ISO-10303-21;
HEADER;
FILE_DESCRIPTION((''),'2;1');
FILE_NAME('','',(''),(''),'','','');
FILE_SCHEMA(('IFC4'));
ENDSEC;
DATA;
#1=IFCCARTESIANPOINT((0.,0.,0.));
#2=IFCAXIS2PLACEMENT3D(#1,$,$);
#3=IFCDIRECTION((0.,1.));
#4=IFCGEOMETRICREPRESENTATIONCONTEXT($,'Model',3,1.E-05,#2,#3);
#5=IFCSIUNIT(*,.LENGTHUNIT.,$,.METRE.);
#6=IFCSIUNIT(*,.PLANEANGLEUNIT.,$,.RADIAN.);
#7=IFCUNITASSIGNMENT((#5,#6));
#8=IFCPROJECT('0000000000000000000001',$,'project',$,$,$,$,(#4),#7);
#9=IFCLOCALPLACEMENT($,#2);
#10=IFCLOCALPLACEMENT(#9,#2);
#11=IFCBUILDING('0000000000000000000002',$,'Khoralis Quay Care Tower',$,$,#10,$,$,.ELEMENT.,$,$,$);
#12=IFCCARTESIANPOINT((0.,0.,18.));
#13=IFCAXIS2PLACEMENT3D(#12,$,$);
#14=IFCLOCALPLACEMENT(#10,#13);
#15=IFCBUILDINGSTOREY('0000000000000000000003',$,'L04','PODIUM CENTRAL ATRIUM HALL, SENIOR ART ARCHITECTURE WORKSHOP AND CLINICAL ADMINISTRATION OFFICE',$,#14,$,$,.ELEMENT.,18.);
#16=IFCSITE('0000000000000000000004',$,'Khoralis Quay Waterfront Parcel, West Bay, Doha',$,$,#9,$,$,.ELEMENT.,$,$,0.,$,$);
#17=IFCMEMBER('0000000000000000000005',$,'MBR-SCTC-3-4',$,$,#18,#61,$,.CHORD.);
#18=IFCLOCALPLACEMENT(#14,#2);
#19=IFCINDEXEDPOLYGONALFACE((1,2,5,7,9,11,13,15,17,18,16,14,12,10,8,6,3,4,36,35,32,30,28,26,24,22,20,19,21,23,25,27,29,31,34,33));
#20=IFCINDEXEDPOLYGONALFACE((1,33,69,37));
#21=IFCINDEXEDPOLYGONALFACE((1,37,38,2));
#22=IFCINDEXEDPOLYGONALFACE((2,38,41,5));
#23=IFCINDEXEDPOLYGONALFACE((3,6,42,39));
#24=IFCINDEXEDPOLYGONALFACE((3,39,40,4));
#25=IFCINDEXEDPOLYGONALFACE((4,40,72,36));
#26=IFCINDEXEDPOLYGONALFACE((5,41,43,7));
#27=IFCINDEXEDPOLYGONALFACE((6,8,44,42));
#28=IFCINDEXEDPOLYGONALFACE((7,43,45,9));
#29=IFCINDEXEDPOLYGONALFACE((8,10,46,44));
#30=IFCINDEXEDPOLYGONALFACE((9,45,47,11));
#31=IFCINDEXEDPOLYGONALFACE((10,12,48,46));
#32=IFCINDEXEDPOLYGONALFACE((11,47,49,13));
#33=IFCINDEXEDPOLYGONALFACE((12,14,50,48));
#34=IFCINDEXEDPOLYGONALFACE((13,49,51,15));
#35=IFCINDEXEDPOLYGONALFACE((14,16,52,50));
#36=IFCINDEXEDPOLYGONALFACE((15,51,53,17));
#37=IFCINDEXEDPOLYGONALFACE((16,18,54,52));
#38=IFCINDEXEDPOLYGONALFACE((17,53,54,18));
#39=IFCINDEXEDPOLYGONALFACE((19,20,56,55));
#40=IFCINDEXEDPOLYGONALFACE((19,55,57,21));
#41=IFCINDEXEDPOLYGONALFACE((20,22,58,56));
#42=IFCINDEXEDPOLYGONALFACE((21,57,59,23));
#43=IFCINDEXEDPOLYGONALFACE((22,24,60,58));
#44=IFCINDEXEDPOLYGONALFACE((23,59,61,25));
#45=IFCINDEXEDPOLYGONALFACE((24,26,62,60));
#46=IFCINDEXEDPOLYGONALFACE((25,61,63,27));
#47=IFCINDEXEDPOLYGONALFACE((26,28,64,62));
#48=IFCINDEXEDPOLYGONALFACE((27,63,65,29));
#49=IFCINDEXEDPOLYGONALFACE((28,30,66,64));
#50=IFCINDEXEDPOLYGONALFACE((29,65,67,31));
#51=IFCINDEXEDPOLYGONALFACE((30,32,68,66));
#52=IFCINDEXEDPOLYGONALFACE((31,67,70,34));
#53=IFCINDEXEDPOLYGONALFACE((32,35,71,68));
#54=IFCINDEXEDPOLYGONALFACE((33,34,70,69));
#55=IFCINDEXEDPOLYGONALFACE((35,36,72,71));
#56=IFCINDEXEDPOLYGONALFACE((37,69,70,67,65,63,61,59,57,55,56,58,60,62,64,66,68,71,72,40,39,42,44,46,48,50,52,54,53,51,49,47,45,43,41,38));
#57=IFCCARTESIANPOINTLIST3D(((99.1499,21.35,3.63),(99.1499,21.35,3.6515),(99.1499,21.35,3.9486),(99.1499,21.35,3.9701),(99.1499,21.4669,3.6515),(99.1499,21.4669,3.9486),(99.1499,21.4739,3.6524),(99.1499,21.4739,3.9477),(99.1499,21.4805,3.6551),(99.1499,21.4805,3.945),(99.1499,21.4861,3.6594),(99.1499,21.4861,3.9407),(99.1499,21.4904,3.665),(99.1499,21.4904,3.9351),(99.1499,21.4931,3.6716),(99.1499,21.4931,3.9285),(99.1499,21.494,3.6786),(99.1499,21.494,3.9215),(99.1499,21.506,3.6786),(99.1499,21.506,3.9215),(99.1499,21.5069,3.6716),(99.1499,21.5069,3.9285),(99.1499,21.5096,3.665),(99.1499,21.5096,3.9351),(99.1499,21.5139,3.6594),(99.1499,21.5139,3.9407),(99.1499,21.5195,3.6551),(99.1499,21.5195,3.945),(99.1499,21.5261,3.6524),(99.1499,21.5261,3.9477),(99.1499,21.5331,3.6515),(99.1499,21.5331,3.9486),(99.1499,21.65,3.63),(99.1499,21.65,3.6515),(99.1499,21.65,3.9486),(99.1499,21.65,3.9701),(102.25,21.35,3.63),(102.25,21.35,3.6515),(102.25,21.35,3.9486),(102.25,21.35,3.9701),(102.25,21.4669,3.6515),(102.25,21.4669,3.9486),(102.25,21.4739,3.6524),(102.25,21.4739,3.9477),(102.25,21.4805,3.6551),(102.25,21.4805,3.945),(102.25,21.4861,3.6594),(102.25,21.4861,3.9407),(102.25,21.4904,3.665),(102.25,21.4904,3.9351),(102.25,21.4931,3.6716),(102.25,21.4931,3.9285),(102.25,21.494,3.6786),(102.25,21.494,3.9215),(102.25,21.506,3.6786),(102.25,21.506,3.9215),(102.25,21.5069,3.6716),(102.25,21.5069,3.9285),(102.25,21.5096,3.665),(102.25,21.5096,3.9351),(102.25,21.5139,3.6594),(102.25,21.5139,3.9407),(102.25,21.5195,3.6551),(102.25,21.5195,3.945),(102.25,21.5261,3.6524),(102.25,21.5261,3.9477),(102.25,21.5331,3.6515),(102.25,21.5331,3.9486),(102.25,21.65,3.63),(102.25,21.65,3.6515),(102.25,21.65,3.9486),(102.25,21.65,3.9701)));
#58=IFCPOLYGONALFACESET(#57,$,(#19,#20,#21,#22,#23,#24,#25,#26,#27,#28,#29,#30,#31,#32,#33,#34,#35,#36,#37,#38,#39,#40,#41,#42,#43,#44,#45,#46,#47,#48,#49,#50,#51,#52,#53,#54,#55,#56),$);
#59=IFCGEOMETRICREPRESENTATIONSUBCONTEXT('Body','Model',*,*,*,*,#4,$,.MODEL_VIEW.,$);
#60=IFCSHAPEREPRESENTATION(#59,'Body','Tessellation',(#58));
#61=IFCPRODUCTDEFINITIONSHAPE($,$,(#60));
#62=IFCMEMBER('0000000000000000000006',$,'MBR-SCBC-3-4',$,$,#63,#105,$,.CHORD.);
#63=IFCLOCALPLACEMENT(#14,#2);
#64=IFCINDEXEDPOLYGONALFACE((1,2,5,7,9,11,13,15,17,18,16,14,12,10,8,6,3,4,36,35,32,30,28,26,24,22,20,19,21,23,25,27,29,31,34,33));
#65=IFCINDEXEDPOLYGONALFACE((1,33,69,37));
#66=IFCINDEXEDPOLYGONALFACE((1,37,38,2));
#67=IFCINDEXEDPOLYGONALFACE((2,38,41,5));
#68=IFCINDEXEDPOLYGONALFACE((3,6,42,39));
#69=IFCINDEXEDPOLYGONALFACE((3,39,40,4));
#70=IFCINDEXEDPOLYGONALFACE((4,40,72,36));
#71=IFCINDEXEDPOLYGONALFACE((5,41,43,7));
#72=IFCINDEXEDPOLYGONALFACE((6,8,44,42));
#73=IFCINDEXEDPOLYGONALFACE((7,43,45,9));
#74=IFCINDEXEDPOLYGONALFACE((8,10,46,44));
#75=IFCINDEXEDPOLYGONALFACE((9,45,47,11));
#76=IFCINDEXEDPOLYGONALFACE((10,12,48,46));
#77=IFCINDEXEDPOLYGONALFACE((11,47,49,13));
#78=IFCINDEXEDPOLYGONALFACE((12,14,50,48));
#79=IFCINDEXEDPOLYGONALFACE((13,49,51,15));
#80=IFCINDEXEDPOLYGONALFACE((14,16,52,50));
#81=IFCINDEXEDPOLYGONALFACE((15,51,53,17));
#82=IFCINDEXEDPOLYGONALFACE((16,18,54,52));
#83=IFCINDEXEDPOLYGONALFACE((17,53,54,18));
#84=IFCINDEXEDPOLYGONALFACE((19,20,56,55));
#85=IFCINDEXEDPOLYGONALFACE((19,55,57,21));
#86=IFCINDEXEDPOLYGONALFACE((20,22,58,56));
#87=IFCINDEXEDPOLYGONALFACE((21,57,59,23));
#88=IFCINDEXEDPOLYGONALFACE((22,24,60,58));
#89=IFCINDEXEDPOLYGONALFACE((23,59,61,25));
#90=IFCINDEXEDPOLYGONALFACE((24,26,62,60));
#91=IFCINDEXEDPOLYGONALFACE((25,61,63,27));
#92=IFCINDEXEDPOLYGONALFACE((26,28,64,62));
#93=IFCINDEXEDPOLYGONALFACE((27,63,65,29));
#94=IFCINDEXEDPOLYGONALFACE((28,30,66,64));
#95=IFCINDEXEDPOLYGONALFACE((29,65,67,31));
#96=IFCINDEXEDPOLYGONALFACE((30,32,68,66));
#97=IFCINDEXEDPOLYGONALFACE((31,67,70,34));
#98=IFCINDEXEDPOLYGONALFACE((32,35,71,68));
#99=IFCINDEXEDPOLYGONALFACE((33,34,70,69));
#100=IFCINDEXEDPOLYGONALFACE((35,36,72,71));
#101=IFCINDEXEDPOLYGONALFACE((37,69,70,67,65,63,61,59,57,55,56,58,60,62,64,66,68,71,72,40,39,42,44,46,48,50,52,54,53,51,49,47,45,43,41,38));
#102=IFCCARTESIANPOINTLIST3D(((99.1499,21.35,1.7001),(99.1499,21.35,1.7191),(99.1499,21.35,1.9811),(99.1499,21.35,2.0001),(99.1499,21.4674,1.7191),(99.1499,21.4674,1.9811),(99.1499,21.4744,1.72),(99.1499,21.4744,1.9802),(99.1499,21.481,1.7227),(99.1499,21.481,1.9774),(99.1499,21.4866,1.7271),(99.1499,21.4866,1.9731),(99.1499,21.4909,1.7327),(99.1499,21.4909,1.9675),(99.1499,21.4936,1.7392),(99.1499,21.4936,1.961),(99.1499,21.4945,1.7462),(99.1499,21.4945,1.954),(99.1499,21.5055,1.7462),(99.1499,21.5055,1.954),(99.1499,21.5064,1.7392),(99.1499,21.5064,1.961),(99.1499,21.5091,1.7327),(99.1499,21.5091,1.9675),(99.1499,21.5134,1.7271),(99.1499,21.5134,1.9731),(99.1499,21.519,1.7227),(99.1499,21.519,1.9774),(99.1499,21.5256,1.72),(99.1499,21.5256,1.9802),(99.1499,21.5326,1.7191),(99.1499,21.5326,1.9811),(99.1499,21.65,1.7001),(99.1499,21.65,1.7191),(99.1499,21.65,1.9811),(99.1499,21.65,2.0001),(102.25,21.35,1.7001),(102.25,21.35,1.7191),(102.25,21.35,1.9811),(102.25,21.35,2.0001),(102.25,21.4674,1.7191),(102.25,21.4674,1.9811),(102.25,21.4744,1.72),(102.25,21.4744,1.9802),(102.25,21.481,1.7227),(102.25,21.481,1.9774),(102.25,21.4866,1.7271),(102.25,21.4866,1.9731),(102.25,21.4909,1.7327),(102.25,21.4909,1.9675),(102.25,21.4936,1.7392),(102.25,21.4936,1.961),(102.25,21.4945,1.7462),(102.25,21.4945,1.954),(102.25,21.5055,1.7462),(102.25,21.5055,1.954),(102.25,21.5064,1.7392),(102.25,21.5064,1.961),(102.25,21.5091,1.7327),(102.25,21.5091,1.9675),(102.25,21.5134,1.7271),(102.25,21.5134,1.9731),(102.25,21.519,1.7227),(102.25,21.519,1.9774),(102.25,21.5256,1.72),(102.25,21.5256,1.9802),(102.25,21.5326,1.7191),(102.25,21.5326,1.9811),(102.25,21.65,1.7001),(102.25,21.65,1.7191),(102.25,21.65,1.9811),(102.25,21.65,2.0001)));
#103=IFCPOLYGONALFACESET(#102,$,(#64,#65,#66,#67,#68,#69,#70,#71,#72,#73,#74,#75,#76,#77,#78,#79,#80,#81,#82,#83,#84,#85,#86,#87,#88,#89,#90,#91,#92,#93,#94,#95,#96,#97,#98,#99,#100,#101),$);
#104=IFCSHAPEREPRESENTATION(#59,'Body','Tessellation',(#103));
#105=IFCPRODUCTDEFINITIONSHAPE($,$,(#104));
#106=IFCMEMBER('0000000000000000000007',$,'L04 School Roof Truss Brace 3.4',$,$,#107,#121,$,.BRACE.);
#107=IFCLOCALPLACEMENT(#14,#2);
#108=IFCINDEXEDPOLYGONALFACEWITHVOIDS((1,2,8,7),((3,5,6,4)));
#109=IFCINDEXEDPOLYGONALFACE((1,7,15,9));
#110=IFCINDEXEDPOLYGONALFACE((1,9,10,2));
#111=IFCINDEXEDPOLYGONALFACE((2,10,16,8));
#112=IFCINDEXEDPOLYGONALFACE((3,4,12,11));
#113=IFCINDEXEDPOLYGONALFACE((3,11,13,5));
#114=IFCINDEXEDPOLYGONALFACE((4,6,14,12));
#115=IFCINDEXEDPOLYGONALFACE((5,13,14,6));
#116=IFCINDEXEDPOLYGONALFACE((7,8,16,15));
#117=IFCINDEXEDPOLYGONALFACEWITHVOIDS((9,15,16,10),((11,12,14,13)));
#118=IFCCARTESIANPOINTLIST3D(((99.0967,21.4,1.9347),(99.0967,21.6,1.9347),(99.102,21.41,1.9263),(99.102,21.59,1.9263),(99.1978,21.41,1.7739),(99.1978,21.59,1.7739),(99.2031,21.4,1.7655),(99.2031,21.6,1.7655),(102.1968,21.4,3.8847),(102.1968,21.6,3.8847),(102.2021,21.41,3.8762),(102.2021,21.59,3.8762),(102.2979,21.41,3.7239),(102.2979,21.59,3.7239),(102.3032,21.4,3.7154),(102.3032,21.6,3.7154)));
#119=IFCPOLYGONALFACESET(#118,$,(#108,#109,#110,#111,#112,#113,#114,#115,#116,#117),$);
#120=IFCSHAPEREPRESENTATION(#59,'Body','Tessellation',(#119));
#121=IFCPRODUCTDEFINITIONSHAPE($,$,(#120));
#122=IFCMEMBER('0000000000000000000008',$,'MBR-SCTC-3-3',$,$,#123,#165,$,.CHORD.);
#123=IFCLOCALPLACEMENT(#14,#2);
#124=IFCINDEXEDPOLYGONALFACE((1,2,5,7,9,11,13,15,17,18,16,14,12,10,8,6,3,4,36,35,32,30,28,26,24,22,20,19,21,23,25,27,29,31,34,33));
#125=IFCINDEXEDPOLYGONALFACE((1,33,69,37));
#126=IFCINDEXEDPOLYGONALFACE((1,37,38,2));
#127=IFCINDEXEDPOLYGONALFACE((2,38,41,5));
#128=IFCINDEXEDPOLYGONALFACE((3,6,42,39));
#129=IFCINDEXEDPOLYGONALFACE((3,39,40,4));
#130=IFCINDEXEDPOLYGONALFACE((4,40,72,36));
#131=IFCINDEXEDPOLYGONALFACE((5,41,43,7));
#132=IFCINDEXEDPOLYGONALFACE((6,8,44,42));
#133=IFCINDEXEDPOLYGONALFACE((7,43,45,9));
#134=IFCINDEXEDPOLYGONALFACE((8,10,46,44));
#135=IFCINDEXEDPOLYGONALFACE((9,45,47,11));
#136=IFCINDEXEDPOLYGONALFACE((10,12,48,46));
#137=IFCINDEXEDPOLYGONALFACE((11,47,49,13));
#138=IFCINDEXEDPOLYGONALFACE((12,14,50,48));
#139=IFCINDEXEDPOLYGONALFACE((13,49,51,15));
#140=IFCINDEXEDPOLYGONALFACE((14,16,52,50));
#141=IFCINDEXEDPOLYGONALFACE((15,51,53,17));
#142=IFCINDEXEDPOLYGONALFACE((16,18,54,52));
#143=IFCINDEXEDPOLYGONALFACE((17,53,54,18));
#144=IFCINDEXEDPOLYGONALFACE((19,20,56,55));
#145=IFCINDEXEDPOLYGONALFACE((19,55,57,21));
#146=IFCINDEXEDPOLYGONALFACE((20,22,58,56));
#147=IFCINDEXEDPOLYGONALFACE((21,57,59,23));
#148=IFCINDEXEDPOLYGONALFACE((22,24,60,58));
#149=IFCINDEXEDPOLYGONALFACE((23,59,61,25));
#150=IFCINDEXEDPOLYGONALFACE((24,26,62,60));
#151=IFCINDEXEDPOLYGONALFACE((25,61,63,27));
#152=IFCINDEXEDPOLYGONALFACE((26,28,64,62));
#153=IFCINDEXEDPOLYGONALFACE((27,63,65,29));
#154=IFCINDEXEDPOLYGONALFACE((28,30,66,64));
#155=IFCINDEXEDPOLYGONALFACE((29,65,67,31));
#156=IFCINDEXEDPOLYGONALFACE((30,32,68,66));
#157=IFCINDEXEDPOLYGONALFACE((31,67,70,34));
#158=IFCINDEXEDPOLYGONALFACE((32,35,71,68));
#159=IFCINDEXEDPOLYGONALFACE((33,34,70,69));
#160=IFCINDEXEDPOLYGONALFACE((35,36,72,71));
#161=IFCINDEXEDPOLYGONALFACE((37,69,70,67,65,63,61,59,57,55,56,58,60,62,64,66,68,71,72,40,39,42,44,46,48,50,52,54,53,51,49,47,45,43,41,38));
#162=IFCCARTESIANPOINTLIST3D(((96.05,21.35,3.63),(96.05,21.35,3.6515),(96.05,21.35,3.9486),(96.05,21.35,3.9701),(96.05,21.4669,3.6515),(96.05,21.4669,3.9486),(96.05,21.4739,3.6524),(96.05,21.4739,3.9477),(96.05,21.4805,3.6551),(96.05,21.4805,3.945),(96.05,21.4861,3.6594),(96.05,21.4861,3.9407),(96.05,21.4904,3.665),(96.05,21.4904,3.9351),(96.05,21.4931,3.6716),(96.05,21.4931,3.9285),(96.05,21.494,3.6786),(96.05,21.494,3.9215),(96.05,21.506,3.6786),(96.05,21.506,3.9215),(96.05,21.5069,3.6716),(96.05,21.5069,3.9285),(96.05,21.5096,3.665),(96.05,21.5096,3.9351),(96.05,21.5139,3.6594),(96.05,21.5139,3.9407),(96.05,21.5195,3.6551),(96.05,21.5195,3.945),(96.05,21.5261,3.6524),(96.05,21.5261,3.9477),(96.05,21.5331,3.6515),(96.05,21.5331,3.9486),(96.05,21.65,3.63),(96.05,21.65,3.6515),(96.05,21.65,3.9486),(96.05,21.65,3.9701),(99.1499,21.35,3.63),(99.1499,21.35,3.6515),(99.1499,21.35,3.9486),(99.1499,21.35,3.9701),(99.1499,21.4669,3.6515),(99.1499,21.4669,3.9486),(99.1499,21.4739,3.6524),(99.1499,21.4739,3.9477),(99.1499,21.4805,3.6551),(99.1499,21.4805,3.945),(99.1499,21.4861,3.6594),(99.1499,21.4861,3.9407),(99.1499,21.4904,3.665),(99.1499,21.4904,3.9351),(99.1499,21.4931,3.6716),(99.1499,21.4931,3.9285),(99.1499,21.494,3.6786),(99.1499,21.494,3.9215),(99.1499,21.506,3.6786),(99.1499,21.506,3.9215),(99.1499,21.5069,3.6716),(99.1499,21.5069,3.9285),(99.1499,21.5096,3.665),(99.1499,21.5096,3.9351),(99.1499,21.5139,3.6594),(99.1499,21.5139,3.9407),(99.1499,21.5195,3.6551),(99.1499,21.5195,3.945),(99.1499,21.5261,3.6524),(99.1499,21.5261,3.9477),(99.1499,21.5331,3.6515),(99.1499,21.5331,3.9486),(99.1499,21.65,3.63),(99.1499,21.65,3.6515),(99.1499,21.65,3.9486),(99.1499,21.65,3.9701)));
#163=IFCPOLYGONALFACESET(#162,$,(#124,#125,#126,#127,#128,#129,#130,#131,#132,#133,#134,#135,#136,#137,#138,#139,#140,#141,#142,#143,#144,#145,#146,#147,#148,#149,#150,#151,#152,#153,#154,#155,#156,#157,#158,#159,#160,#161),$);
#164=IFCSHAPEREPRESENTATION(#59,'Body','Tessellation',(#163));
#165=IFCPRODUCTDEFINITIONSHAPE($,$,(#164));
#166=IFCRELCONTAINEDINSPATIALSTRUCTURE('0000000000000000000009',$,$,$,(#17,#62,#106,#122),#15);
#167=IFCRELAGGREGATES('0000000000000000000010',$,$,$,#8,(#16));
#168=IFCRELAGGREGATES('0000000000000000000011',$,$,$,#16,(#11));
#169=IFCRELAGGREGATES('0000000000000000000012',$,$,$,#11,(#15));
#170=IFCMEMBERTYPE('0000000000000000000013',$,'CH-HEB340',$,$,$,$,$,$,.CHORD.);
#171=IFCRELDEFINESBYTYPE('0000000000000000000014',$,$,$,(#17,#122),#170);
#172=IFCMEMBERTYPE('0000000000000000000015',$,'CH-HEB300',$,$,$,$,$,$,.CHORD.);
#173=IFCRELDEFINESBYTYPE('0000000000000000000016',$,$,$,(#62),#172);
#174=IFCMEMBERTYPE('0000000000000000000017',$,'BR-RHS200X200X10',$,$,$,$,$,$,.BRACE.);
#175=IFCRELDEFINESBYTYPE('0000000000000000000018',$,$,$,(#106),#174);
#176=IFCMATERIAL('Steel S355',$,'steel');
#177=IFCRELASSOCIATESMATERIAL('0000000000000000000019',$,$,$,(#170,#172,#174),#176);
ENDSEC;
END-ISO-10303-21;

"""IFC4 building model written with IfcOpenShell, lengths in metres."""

from ifc_helpers import new_model, si_unit, direction, frame, origin, origin_2d, place, context, subcontext, project, spatial, hollow_rectangle, i_section, extrude, source, transform, mapped, material, material_profile, profile_set, type_object, element, save


model = new_model("IFC4")

# Units and contexts
model_context = context("Model", 3, precision=1e-05, world=origin(), true_north=direction((0.0, 1.0)))
body_context = subcontext(model_context, "Body", "Model", "MODEL_VIEW")
ifc_project = project(units=[si_unit("LENGTHUNIT", "METRE"), si_unit("PLANEANGLEUNIT", "RADIAN")], contexts=[model_context])

# Site, building, storey
site_placement = place(None, origin())
site = spatial("IfcSite", under=ifc_project, at=site_placement, Name="Khoralis Quay Waterfront Parcel, West Bay, Doha", CompositionType="ELEMENT", RefElevation=0.0)
building_placement = place(site_placement, origin())
building = spatial("IfcBuilding", under=site, at=building_placement, Name="Khoralis Quay Care Tower", CompositionType="ELEMENT")
storey_placement = place(building_placement, frame((0.0, 0.0, 18.0)))
storey = spatial("IfcBuildingStorey", under=building, at=storey_placement, Name="L04", Description="PODIUM CENTRAL ATRIUM HALL, SENIOR ART ARCHITECTURE WORKSHOP AND CLINICAL ADMINISTRATION OFFICE", CompositionType="ELEMENT", Elevation=18.0)

# Members
ifc_material = material(Name="Steel S355", Category="steel")
ifc_material_profile_1 = material_profile(ifc_material, i_section(OverallWidth=0.3, OverallDepth=0.3401, WebThickness=0.012, FlangeThickness=0.0215, FilletRadius=0.0271, at=origin_2d()), Name="Steel S355")
ifc_profile_set_1 = profile_set([ifc_material_profile_1], Name="Steel S355")
member_type_1 = type_object("IfcMemberType", Name="CH-HEB340", PredefinedType="CHORD", material=ifc_profile_set_1)
shared_shape_1 = source(origin(), body_context, "Body", "SweptSolid", [
    extrude(i_section(OverallWidth=0.3, OverallDepth=0.3401, WebThickness=0.012, FlangeThickness=0.0215, FilletRadius=0.0271, at=origin_2d()), origin(), (0.0, 0.0, 1.0), 3.1001),
])
member_1_placement = place(storey_placement, frame((99.1499, 21.5, 3.8), z_axis=(1.0, 0.0, 0.0), x_axis=(0.0, 1.0, 0.0)))
element("IfcMember", 1, at=member_1_placement, inside=storey, type_object=member_type_1, Name="MBR-SCTC-3-4", PredefinedType="CHORD", context=body_context, shape_type="MappedRepresentation", body=[
    mapped(shared_shape_1, transform((0.0, 0.0, 0.0), scale=1.0)),
])
ifc_material_profile_2 = material_profile(ifc_material, i_section(OverallWidth=0.3, OverallDepth=0.3, WebThickness=0.011, FlangeThickness=0.019, FilletRadius=0.0271, at=origin_2d()), Name="Steel S355")
ifc_profile_set_2 = profile_set([ifc_material_profile_2], Name="Steel S355")
member_type_2 = type_object("IfcMemberType", Name="CH-HEB300", PredefinedType="CHORD", material=ifc_profile_set_2)
shared_shape_2 = source(origin(), body_context, "Body", "SweptSolid", [
    extrude(i_section(OverallWidth=0.3, OverallDepth=0.3, WebThickness=0.011, FlangeThickness=0.019, FilletRadius=0.0271, at=origin_2d()), origin(), (0.0, 0.0, 1.0), 3.1001),
])
member_2_placement = place(storey_placement, frame((99.1499, 21.5, 1.8501), z_axis=(1.0, 0.0, 0.0), x_axis=(0.0, 1.0, 0.0)))
element("IfcMember", 2, at=member_2_placement, inside=storey, type_object=member_type_2, Name="MBR-SCBC-3-4", PredefinedType="CHORD", context=body_context, shape_type="MappedRepresentation", body=[
    mapped(shared_shape_2, transform((0.0, 0.0, 0.0), scale=1.0)),
])
ifc_material_profile_3 = material_profile(ifc_material, hollow_rectangle(XDim=0.2, YDim=0.2, WallThickness=0.01, at=origin_2d()), Name="Steel S355")
ifc_profile_set_3 = profile_set([ifc_material_profile_3], Name="Steel S355")
member_type_3 = type_object("IfcMemberType", Name="BR-RHS200X200X10", PredefinedType="BRACE", material=ifc_profile_set_3)
shared_shape_3 = source(origin(), body_context, "Body", "SweptSolid", [
    extrude(hollow_rectangle(XDim=0.2, YDim=0.2, WallThickness=0.01, at=origin_2d()), origin(), (0.0, 0.0, 1.0), 3.6624),
])
member_3_placement = place(storey_placement, frame((99.1499, 21.5, 1.8501), z_axis=(0.846474, 0.0, 0.53243), x_axis=(0.0, 1.0, 0.0)))
element("IfcMember", 3, at=member_3_placement, inside=storey, type_object=member_type_3, Name="L04 School Roof Truss Brace 3.4", PredefinedType="BRACE", context=body_context, shape_type="MappedRepresentation", body=[
    mapped(shared_shape_3, transform((0.0, 0.0, 0.0), scale=1.0)),
])
shared_shape_4 = source(origin(), body_context, "Body", "SweptSolid", [
    extrude(i_section(OverallWidth=0.3, OverallDepth=0.3401, WebThickness=0.012, FlangeThickness=0.0215, FilletRadius=0.0271, at=origin_2d()), origin(), (0.0, 0.0, 1.0), 3.0999),
])
for number, where, z_axis, x_axis, name in (
    (4, (96.05, 21.5, 3.8), (1.0, 0.0, 0.0), (0.0, 1.0, 0.0), "MBR-SCTC-3-3"),
):
    element("IfcMember", number, at=place(storey_placement, frame(where, z_axis=z_axis, x_axis=x_axis)), inside=storey, type_object=member_type_1, Name=name, PredefinedType="CHORD", context=body_context, shape_type="MappedRepresentation", body=[
        mapped(shared_shape_4, transform((0.0, 0.0, 0.0), scale=1.0)),
    ])

save(model, "model.ifc")
